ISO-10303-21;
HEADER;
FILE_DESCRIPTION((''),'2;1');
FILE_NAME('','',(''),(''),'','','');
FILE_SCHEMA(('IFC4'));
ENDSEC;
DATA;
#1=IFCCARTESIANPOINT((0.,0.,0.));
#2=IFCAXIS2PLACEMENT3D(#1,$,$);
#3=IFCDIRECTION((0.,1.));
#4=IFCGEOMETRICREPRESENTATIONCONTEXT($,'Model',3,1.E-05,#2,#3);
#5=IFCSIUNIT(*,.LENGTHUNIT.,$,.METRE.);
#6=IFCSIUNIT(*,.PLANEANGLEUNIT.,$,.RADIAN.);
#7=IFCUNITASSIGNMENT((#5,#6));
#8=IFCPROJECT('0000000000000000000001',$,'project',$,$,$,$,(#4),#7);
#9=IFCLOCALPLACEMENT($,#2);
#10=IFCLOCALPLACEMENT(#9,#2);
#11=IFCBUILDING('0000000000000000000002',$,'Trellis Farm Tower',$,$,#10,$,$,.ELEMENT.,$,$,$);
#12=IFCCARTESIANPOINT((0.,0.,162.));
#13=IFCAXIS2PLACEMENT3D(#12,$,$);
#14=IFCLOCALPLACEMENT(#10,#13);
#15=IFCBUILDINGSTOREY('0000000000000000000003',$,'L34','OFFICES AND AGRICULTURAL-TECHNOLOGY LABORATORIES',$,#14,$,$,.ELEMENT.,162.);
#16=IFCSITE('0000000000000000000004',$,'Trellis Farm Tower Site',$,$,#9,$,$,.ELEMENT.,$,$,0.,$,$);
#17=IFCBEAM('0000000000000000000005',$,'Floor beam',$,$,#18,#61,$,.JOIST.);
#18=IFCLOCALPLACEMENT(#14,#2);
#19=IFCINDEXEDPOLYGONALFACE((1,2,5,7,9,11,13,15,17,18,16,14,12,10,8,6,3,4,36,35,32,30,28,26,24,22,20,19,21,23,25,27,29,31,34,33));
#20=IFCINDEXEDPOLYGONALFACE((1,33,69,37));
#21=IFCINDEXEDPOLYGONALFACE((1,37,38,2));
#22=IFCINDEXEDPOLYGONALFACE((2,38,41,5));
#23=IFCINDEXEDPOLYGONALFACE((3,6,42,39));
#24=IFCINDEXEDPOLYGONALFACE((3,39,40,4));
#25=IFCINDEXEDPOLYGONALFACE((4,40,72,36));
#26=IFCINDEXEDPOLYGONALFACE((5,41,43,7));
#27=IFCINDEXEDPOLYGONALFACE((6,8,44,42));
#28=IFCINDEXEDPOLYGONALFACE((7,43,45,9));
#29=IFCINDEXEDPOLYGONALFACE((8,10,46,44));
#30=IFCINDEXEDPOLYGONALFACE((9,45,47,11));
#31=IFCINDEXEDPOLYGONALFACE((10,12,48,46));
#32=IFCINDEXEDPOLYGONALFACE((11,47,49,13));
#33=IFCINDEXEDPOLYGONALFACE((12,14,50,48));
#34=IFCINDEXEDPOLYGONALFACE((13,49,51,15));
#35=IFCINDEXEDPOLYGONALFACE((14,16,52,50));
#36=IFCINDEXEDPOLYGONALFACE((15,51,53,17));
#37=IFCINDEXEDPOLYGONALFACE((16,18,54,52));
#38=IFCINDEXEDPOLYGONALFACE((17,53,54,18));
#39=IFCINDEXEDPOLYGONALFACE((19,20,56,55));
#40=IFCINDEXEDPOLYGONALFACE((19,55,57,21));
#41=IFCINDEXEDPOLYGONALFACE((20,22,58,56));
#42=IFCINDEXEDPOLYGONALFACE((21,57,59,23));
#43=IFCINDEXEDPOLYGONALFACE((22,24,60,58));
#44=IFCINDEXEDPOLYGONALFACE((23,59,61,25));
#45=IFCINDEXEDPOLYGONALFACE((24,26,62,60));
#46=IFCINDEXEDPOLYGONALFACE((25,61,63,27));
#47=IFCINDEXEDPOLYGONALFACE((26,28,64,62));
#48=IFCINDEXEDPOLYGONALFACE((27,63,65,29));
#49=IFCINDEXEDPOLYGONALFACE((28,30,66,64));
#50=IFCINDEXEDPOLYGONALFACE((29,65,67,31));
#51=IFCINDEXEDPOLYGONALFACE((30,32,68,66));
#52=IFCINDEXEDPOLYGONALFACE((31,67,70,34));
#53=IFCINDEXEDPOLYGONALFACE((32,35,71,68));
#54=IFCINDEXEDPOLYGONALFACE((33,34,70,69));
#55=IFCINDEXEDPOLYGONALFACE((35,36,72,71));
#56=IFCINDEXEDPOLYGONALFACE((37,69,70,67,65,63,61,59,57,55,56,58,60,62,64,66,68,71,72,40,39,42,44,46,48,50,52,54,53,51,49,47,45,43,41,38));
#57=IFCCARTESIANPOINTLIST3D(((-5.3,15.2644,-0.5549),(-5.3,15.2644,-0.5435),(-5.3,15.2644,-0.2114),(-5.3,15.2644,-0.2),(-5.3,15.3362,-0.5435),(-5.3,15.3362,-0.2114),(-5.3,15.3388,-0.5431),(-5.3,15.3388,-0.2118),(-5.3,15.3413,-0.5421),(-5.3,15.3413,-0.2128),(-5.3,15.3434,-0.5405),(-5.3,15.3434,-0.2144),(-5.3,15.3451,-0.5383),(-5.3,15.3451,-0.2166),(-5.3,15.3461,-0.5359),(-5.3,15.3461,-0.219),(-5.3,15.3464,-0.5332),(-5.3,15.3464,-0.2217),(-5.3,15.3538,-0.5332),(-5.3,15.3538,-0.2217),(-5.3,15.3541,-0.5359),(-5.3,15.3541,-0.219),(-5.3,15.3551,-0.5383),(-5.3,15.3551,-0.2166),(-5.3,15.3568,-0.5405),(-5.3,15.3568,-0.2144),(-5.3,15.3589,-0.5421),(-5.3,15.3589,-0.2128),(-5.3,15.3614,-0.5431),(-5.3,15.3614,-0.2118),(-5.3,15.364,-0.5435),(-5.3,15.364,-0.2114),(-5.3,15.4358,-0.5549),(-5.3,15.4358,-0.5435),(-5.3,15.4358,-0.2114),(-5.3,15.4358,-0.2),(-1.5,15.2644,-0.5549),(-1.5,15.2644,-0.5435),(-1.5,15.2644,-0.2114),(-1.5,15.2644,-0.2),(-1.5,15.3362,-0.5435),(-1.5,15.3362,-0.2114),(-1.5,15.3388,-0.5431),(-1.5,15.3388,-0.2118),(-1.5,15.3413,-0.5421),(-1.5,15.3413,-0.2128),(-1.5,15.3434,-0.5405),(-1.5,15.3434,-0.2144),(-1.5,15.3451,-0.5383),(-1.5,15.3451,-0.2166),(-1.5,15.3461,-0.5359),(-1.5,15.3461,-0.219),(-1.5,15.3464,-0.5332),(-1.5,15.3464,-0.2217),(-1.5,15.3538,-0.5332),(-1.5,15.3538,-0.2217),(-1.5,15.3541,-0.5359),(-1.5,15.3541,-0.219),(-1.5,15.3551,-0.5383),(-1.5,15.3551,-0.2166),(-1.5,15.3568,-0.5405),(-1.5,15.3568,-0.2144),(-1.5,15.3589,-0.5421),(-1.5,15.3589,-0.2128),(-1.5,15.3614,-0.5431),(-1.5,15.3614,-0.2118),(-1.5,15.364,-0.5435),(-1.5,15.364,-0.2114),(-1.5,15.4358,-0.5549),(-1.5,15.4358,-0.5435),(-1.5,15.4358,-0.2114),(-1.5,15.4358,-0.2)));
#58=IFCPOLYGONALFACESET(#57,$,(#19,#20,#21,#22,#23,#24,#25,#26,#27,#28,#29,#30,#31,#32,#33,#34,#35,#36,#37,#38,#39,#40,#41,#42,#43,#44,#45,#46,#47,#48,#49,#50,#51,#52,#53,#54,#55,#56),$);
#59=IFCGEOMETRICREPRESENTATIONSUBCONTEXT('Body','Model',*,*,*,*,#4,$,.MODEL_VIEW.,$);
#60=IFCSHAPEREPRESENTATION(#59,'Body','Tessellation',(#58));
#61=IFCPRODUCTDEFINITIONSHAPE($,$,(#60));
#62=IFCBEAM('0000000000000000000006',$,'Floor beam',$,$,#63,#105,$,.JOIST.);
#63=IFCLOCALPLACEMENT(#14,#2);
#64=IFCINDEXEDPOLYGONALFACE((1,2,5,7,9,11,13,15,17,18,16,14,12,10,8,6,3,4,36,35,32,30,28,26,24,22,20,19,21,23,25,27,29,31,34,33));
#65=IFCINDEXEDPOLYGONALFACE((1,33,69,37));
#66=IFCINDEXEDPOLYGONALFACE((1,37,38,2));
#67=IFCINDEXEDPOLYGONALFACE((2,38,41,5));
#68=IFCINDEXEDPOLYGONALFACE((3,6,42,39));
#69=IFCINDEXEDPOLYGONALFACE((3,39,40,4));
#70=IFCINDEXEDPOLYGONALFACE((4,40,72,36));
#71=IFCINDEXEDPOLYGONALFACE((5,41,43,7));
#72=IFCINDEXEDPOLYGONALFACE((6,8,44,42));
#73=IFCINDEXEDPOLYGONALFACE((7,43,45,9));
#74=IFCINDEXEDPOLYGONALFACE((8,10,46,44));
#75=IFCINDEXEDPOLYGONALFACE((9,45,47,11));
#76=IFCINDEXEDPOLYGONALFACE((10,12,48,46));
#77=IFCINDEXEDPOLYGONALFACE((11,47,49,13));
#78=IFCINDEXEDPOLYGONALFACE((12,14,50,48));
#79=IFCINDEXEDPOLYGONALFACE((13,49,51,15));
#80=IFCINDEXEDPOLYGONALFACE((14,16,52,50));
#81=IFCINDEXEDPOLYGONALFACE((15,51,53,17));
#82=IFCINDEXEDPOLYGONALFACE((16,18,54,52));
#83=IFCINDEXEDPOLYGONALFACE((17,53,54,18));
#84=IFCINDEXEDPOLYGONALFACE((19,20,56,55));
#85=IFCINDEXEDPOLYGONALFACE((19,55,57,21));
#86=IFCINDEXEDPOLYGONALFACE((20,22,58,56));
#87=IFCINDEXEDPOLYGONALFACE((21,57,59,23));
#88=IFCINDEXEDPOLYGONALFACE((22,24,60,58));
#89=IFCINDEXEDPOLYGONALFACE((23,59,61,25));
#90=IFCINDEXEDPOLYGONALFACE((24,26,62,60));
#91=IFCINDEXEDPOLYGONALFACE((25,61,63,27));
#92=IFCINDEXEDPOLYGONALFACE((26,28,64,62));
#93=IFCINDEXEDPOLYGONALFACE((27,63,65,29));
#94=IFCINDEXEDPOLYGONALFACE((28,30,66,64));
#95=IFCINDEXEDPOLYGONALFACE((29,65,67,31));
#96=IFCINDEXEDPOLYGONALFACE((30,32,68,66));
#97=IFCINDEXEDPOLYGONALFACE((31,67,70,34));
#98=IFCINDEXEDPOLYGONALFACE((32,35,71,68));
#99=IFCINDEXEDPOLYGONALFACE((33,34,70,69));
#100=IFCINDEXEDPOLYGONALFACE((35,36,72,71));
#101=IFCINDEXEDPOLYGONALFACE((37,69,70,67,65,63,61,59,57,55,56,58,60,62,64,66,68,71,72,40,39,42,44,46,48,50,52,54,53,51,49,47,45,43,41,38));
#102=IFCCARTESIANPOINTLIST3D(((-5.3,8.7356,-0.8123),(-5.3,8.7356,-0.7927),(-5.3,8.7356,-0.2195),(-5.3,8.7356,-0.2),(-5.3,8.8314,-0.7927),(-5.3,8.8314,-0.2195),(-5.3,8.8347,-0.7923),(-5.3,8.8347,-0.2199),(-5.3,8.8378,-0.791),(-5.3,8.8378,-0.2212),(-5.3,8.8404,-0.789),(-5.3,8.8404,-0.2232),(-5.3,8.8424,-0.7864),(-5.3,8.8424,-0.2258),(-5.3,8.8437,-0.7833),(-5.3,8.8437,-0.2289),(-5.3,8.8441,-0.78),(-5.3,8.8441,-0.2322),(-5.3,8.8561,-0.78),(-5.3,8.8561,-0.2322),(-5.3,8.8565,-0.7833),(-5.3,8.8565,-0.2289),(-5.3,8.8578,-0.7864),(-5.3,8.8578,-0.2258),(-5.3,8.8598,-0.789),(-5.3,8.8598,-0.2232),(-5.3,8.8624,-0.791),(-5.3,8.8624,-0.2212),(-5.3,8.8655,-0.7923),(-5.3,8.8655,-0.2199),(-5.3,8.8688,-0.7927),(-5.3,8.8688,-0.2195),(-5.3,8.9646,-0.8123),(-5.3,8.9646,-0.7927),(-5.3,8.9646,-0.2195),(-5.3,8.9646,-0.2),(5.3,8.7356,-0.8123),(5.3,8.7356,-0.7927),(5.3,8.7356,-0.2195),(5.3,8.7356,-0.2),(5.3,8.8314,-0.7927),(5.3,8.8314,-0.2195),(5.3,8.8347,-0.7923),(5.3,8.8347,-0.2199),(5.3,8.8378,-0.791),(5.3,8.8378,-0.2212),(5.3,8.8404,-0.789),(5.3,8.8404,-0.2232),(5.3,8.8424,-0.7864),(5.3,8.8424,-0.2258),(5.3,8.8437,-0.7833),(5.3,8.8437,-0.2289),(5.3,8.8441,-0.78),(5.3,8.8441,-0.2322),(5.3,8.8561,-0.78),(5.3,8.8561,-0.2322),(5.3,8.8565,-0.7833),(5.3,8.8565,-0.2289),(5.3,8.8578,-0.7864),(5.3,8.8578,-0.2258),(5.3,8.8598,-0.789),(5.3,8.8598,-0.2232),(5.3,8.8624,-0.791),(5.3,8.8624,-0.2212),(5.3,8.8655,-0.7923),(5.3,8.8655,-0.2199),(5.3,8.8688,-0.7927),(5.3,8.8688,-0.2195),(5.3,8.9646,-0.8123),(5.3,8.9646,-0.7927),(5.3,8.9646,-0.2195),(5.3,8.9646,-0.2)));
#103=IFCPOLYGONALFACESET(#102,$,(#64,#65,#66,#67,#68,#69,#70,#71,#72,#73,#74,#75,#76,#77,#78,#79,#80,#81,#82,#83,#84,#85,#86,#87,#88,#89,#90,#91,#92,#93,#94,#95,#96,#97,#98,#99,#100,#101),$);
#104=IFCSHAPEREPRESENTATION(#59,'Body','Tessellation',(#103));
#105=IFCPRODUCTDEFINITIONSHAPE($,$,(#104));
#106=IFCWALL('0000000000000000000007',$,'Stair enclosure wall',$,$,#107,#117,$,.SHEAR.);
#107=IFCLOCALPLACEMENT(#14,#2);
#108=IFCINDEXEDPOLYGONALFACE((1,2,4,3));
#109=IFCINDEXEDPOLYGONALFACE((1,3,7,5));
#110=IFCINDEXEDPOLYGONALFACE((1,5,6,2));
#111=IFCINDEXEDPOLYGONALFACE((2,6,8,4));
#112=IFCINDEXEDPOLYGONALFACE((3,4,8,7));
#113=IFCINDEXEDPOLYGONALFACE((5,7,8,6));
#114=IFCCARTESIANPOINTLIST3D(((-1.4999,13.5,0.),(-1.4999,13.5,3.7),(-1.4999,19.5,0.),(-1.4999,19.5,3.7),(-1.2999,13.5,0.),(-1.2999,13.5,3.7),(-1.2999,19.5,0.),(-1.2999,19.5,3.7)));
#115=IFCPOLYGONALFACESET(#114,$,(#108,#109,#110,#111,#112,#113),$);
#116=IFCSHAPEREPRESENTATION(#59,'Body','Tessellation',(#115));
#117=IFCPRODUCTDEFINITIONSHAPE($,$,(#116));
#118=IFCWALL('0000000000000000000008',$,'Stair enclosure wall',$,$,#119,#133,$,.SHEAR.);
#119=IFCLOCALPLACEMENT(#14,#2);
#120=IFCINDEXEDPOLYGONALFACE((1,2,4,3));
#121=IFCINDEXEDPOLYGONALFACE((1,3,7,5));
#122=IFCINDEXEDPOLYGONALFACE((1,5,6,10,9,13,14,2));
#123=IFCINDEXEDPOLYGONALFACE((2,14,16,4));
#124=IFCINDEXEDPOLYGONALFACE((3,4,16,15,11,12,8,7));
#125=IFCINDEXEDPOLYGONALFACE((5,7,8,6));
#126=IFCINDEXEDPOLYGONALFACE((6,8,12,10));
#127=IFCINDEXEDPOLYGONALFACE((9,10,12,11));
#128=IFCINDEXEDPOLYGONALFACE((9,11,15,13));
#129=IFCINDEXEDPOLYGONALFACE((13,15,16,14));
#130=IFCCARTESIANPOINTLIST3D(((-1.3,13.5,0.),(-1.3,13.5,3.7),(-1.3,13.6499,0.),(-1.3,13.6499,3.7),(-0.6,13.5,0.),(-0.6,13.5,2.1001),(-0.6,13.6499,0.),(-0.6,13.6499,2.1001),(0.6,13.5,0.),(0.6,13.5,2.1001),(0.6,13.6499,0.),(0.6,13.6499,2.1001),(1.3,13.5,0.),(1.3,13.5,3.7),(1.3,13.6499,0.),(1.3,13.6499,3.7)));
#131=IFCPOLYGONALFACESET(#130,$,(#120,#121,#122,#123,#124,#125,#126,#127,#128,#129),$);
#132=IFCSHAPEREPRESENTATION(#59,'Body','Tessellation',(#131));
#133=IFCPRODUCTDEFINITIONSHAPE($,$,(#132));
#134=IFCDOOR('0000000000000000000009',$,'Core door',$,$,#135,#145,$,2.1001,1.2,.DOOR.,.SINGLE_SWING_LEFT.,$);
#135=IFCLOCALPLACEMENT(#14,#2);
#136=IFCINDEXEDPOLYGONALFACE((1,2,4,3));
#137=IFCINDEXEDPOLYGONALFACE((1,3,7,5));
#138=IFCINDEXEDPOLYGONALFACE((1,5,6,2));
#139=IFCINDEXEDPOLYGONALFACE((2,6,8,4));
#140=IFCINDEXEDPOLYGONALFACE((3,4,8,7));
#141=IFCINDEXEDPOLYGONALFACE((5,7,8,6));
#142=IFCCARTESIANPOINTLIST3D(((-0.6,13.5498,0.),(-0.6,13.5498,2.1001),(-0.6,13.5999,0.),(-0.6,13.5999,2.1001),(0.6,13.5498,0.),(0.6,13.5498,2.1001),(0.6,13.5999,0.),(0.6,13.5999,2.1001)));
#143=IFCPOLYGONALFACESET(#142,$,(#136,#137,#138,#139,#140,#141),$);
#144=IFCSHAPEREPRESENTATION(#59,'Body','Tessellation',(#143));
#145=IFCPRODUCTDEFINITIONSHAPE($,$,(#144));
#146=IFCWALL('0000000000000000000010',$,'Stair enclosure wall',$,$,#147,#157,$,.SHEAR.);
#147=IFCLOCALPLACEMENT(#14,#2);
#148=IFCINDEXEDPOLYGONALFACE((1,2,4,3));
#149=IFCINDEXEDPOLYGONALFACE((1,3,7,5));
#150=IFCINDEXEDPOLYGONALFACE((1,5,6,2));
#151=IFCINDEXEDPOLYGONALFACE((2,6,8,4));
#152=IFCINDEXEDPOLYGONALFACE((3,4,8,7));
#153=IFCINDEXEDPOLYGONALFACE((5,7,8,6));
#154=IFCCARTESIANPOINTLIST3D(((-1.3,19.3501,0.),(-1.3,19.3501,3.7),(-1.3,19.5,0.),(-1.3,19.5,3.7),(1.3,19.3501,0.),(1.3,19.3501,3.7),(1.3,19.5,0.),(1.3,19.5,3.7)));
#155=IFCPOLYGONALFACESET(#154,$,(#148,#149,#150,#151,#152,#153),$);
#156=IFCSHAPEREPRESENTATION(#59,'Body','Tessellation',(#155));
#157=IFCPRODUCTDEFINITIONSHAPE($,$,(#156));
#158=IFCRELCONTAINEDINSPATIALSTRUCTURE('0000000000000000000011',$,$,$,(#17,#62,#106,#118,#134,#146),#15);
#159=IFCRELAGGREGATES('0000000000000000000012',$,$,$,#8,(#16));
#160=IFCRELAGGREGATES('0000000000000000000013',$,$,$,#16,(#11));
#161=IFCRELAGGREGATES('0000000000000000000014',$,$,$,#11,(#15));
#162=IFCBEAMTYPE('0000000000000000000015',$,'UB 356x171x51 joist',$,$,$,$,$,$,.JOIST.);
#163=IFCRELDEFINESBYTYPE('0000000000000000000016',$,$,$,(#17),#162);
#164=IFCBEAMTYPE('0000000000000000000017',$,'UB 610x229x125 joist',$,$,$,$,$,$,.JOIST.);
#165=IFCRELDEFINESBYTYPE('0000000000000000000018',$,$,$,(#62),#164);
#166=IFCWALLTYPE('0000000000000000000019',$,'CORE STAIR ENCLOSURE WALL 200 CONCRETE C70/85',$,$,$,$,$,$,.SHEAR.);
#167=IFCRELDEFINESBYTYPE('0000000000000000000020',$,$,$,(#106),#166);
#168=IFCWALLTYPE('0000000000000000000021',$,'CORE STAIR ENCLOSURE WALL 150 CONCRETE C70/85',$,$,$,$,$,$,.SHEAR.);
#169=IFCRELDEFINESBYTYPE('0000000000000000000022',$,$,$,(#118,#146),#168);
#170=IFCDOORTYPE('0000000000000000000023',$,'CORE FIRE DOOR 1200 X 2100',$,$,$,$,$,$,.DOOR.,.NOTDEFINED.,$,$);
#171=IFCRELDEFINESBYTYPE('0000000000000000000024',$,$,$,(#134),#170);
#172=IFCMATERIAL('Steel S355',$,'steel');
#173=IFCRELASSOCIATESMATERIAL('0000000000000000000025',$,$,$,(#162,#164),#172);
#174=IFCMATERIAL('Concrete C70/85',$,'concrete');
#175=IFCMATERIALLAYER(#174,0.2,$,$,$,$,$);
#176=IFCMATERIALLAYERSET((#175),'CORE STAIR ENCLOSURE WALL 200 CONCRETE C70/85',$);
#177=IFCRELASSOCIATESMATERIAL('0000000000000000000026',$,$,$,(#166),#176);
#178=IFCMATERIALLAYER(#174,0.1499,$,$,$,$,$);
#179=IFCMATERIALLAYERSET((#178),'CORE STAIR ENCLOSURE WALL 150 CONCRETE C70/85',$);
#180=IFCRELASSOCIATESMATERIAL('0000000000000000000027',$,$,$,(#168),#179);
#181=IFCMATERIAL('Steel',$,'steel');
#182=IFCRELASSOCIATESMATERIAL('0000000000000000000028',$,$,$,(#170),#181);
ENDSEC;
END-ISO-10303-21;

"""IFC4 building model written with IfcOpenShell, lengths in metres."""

from ifc_helpers import new_model, si_unit, direction, frame, frame_2d, origin, origin_2d, place, context, subcontext, project, spatial, rectangle, i_section, extrude, source, transform, mapped, material, layer, layer_set, material_profile, profile_set, type_object, element, fill, save


model = new_model("IFC4")

# Units and contexts
model_context = context("Model", 3, precision=1e-05, world=origin(), true_north=direction((0.0, 1.0)))
body_context = subcontext(model_context, "Body", "Model", "MODEL_VIEW")
ifc_project = project(units=[si_unit("LENGTHUNIT", "METRE"), si_unit("PLANEANGLEUNIT", "RADIAN")], contexts=[model_context])

# Site, building, storey
site_placement = place(None, origin())
site = spatial("IfcSite", under=ifc_project, at=site_placement, Name="Trellis Farm Tower Site", CompositionType="ELEMENT", RefElevation=0.0)
building_placement = place(site_placement, origin())
building = spatial("IfcBuilding", under=site, at=building_placement, Name="Trellis Farm Tower", CompositionType="ELEMENT")
storey_placement = place(building_placement, frame((0.0, 0.0, 162.0)))
storey = spatial("IfcBuildingStorey", under=building, at=storey_placement, Name="L34", Description="OFFICES AND AGRICULTURAL-TECHNOLOGY LABORATORIES", CompositionType="ELEMENT", Elevation=162.0)

# Shared definitions
ifc_material_1 = material(Name="Concrete C70/85", Category="concrete")

# Beams
ifc_material_2 = material(Name="Steel S355", Category="steel")
ifc_material_profile_1 = material_profile(ifc_material_2, i_section(OverallWidth=0.1714, OverallDepth=0.355, WebThickness=0.0073, FlangeThickness=0.0115, FilletRadius=0.0103, at=origin_2d()), Name="UB 356x171x51")
ifc_profile_set_1 = profile_set([ifc_material_profile_1], Name="Steel S355")
beam_type_1 = type_object("IfcBeamType", Name="UB 356x171x51 joist", PredefinedType="JOIST", material=ifc_profile_set_1)
shared_shape_1 = source(origin(), body_context, "Body", "SweptSolid", [
    extrude(i_section(OverallWidth=0.1714, OverallDepth=0.355, WebThickness=0.0073, FlangeThickness=0.0115, FilletRadius=0.0103, at=origin_2d()), origin(), (0.0, 0.0, 1.0), 3.8),
])
beam_1_placement = place(storey_placement, frame((-5.3, 15.3501, -0.3774), z_axis=(1.0, 0.0, 0.0), x_axis=(0.0, 1.0, 0.0)))
element("IfcBeam", 1, at=beam_1_placement, inside=storey, type_object=beam_type_1, Name="Floor beam", PredefinedType="JOIST", context=body_context, shape_type="MappedRepresentation", body=[
    mapped(shared_shape_1, transform((0.0, 0.0, 0.0))),
])
ifc_material_profile_2 = material_profile(ifc_material_2, i_section(OverallWidth=0.229, OverallDepth=0.6123, WebThickness=0.012, FlangeThickness=0.0195, FilletRadius=0.0127, at=origin_2d()), Name="UB 610x229x125")
ifc_profile_set_2 = profile_set([ifc_material_profile_2], Name="Steel S355")
beam_type_2 = type_object("IfcBeamType", Name="UB 610x229x125 joist", PredefinedType="JOIST", material=ifc_profile_set_2)
shared_shape_2 = source(origin(), body_context, "Body", "SweptSolid", [
    extrude(i_section(OverallWidth=0.229, OverallDepth=0.6123, WebThickness=0.012, FlangeThickness=0.0195, FilletRadius=0.0127, at=origin_2d()), origin(), (0.0, 0.0, 1.0), 10.6001),
])
beam_2_placement = place(storey_placement, frame((-5.3, 8.8501, -0.5061), z_axis=(1.0, 0.0, 0.0), x_axis=(0.0, 1.0, 0.0)))
element("IfcBeam", 2, at=beam_2_placement, inside=storey, type_object=beam_type_2, Name="Floor beam", PredefinedType="JOIST", context=body_context, shape_type="MappedRepresentation", body=[
    mapped(shared_shape_2, transform((0.0, 0.0, 0.0))),
])

# Wall
ifc_layer_1 = layer(ifc_material_1, 0.2)
ifc_layer_set_1 = layer_set([ifc_layer_1], Name="CORE STAIR ENCLOSURE WALL 200 CONCRETE C70/85")
wall_type_1 = type_object("IfcWallType", Name="CORE STAIR ENCLOSURE WALL 200 CONCRETE C70/85", PredefinedType="SHEAR", material=ifc_layer_set_1)
shared_shape_3 = source(origin(), body_context, "Body", "SweptSolid", [
    extrude(rectangle(XDim=6.0, YDim=0.2, at=frame_2d((3.0, 0.0))), origin(), (0.0, 0.0, 1.0), 3.7),
])
wall_1_placement = place(storey_placement, frame((-1.3999, 13.5, 0.0), z_axis=(0.0, 0.0, 1.0), x_axis=(0.0, 1.0, 0.0)))
element("IfcWall", 3, at=wall_1_placement, inside=storey, type_object=wall_type_1, Name="Stair enclosure wall", PredefinedType="SHEAR", context=body_context, shape_type="MappedRepresentation", body=[
    mapped(shared_shape_3, transform((0.0, 0.0, 0.0))),
])

# Wall, opening, door
ifc_layer_2 = layer(ifc_material_1, 0.1499)
ifc_layer_set_2 = layer_set([ifc_layer_2], Name="CORE STAIR ENCLOSURE WALL 150 CONCRETE C70/85")
wall_type_2 = type_object("IfcWallType", Name="CORE STAIR ENCLOSURE WALL 150 CONCRETE C70/85", PredefinedType="SHEAR", material=ifc_layer_set_2)
shared_shape_4 = source(origin(), body_context, "Body", "SweptSolid", [
    extrude(rectangle(XDim=2.6001, YDim=0.1499, at=frame_2d((1.3, 0.0))), origin(), (0.0, 0.0, 1.0), 3.7),
])
wall_2_placement = place(storey_placement, frame((-1.3, 13.575, 0.0), z_axis=(0.0, 0.0, 1.0), x_axis=(1.0, 0.0, 0.0)))
wall_2 = element("IfcWall", 4, at=wall_2_placement, inside=storey, type_object=wall_type_2, Name="Stair enclosure wall", PredefinedType="SHEAR", context=body_context, shape_type="MappedRepresentation", body=[
    mapped(shared_shape_4, transform((0.0, 0.0, 0.0))),
])
shared_shape_5 = source(origin(), body_context, "Body", "SweptSolid", [
    extrude(rectangle(XDim=1.2, YDim=2.1001, at=frame_2d((0.6001, 1.05))), frame((0.0, 0.085, 0.0), z_axis=(0.0, -1.0, 0.0), x_axis=(1.0, 0.0, 0.0)), (0.0, 0.0, 1.0), 0.1699),
])
opening_1_placement = place(wall_2_placement, frame((0.7, 0.0, 0.0)))
opening_1 = element("IfcOpeningElement", 5, at=opening_1_placement, cuts=wall_2, PredefinedType="OPENING", context=body_context, shape_type="MappedRepresentation", body=[
    mapped(shared_shape_5, transform((0.0, 0.0, 0.0))),
])
ifc_material_3 = material(Name="Steel", Category="steel")
door_type_1 = type_object("IfcDoorType", Name="CORE FIRE DOOR 1200 X 2100", OperationType="NOTDEFINED", PredefinedType="DOOR", material=ifc_material_3)
shared_shape_6 = source(origin(), body_context, "Body", "SweptSolid", [
    extrude(rectangle(XDim=1.2, YDim=2.1001, at=frame_2d((0.6001, 1.05))), frame((0.0, 0.0249, 0.0), z_axis=(0.0, -1.0, 0.0), x_axis=(1.0, 0.0, 0.0)), (0.0, 0.0, 1.0), 0.05),
])
door_1_placement = place(opening_1_placement, origin())
door_1 = element("IfcDoor", 6, at=door_1_placement, inside=storey, type_object=door_type_1, Name="Core door", OperationType="SINGLE_SWING_LEFT", OverallHeight=2.1001, OverallWidth=1.2, PredefinedType="DOOR", context=body_context, shape_type="MappedRepresentation", body=[
    mapped(shared_shape_6, transform((0.0, 0.0, 0.0))),
])
fill(opening_1, door_1)

# Wall
wall_3_placement = place(storey_placement, frame((-1.3, 19.425, 0.0), z_axis=(0.0, 0.0, 1.0), x_axis=(1.0, 0.0, 0.0)))
element("IfcWall", 7, at=wall_3_placement, inside=storey, type_object=wall_type_2, Name="Stair enclosure wall", PredefinedType="SHEAR", context=body_context, shape_type="MappedRepresentation", body=[
    mapped(shared_shape_4, transform((0.0, 0.0, 0.0))),
])

save(model, "model.ifc")
